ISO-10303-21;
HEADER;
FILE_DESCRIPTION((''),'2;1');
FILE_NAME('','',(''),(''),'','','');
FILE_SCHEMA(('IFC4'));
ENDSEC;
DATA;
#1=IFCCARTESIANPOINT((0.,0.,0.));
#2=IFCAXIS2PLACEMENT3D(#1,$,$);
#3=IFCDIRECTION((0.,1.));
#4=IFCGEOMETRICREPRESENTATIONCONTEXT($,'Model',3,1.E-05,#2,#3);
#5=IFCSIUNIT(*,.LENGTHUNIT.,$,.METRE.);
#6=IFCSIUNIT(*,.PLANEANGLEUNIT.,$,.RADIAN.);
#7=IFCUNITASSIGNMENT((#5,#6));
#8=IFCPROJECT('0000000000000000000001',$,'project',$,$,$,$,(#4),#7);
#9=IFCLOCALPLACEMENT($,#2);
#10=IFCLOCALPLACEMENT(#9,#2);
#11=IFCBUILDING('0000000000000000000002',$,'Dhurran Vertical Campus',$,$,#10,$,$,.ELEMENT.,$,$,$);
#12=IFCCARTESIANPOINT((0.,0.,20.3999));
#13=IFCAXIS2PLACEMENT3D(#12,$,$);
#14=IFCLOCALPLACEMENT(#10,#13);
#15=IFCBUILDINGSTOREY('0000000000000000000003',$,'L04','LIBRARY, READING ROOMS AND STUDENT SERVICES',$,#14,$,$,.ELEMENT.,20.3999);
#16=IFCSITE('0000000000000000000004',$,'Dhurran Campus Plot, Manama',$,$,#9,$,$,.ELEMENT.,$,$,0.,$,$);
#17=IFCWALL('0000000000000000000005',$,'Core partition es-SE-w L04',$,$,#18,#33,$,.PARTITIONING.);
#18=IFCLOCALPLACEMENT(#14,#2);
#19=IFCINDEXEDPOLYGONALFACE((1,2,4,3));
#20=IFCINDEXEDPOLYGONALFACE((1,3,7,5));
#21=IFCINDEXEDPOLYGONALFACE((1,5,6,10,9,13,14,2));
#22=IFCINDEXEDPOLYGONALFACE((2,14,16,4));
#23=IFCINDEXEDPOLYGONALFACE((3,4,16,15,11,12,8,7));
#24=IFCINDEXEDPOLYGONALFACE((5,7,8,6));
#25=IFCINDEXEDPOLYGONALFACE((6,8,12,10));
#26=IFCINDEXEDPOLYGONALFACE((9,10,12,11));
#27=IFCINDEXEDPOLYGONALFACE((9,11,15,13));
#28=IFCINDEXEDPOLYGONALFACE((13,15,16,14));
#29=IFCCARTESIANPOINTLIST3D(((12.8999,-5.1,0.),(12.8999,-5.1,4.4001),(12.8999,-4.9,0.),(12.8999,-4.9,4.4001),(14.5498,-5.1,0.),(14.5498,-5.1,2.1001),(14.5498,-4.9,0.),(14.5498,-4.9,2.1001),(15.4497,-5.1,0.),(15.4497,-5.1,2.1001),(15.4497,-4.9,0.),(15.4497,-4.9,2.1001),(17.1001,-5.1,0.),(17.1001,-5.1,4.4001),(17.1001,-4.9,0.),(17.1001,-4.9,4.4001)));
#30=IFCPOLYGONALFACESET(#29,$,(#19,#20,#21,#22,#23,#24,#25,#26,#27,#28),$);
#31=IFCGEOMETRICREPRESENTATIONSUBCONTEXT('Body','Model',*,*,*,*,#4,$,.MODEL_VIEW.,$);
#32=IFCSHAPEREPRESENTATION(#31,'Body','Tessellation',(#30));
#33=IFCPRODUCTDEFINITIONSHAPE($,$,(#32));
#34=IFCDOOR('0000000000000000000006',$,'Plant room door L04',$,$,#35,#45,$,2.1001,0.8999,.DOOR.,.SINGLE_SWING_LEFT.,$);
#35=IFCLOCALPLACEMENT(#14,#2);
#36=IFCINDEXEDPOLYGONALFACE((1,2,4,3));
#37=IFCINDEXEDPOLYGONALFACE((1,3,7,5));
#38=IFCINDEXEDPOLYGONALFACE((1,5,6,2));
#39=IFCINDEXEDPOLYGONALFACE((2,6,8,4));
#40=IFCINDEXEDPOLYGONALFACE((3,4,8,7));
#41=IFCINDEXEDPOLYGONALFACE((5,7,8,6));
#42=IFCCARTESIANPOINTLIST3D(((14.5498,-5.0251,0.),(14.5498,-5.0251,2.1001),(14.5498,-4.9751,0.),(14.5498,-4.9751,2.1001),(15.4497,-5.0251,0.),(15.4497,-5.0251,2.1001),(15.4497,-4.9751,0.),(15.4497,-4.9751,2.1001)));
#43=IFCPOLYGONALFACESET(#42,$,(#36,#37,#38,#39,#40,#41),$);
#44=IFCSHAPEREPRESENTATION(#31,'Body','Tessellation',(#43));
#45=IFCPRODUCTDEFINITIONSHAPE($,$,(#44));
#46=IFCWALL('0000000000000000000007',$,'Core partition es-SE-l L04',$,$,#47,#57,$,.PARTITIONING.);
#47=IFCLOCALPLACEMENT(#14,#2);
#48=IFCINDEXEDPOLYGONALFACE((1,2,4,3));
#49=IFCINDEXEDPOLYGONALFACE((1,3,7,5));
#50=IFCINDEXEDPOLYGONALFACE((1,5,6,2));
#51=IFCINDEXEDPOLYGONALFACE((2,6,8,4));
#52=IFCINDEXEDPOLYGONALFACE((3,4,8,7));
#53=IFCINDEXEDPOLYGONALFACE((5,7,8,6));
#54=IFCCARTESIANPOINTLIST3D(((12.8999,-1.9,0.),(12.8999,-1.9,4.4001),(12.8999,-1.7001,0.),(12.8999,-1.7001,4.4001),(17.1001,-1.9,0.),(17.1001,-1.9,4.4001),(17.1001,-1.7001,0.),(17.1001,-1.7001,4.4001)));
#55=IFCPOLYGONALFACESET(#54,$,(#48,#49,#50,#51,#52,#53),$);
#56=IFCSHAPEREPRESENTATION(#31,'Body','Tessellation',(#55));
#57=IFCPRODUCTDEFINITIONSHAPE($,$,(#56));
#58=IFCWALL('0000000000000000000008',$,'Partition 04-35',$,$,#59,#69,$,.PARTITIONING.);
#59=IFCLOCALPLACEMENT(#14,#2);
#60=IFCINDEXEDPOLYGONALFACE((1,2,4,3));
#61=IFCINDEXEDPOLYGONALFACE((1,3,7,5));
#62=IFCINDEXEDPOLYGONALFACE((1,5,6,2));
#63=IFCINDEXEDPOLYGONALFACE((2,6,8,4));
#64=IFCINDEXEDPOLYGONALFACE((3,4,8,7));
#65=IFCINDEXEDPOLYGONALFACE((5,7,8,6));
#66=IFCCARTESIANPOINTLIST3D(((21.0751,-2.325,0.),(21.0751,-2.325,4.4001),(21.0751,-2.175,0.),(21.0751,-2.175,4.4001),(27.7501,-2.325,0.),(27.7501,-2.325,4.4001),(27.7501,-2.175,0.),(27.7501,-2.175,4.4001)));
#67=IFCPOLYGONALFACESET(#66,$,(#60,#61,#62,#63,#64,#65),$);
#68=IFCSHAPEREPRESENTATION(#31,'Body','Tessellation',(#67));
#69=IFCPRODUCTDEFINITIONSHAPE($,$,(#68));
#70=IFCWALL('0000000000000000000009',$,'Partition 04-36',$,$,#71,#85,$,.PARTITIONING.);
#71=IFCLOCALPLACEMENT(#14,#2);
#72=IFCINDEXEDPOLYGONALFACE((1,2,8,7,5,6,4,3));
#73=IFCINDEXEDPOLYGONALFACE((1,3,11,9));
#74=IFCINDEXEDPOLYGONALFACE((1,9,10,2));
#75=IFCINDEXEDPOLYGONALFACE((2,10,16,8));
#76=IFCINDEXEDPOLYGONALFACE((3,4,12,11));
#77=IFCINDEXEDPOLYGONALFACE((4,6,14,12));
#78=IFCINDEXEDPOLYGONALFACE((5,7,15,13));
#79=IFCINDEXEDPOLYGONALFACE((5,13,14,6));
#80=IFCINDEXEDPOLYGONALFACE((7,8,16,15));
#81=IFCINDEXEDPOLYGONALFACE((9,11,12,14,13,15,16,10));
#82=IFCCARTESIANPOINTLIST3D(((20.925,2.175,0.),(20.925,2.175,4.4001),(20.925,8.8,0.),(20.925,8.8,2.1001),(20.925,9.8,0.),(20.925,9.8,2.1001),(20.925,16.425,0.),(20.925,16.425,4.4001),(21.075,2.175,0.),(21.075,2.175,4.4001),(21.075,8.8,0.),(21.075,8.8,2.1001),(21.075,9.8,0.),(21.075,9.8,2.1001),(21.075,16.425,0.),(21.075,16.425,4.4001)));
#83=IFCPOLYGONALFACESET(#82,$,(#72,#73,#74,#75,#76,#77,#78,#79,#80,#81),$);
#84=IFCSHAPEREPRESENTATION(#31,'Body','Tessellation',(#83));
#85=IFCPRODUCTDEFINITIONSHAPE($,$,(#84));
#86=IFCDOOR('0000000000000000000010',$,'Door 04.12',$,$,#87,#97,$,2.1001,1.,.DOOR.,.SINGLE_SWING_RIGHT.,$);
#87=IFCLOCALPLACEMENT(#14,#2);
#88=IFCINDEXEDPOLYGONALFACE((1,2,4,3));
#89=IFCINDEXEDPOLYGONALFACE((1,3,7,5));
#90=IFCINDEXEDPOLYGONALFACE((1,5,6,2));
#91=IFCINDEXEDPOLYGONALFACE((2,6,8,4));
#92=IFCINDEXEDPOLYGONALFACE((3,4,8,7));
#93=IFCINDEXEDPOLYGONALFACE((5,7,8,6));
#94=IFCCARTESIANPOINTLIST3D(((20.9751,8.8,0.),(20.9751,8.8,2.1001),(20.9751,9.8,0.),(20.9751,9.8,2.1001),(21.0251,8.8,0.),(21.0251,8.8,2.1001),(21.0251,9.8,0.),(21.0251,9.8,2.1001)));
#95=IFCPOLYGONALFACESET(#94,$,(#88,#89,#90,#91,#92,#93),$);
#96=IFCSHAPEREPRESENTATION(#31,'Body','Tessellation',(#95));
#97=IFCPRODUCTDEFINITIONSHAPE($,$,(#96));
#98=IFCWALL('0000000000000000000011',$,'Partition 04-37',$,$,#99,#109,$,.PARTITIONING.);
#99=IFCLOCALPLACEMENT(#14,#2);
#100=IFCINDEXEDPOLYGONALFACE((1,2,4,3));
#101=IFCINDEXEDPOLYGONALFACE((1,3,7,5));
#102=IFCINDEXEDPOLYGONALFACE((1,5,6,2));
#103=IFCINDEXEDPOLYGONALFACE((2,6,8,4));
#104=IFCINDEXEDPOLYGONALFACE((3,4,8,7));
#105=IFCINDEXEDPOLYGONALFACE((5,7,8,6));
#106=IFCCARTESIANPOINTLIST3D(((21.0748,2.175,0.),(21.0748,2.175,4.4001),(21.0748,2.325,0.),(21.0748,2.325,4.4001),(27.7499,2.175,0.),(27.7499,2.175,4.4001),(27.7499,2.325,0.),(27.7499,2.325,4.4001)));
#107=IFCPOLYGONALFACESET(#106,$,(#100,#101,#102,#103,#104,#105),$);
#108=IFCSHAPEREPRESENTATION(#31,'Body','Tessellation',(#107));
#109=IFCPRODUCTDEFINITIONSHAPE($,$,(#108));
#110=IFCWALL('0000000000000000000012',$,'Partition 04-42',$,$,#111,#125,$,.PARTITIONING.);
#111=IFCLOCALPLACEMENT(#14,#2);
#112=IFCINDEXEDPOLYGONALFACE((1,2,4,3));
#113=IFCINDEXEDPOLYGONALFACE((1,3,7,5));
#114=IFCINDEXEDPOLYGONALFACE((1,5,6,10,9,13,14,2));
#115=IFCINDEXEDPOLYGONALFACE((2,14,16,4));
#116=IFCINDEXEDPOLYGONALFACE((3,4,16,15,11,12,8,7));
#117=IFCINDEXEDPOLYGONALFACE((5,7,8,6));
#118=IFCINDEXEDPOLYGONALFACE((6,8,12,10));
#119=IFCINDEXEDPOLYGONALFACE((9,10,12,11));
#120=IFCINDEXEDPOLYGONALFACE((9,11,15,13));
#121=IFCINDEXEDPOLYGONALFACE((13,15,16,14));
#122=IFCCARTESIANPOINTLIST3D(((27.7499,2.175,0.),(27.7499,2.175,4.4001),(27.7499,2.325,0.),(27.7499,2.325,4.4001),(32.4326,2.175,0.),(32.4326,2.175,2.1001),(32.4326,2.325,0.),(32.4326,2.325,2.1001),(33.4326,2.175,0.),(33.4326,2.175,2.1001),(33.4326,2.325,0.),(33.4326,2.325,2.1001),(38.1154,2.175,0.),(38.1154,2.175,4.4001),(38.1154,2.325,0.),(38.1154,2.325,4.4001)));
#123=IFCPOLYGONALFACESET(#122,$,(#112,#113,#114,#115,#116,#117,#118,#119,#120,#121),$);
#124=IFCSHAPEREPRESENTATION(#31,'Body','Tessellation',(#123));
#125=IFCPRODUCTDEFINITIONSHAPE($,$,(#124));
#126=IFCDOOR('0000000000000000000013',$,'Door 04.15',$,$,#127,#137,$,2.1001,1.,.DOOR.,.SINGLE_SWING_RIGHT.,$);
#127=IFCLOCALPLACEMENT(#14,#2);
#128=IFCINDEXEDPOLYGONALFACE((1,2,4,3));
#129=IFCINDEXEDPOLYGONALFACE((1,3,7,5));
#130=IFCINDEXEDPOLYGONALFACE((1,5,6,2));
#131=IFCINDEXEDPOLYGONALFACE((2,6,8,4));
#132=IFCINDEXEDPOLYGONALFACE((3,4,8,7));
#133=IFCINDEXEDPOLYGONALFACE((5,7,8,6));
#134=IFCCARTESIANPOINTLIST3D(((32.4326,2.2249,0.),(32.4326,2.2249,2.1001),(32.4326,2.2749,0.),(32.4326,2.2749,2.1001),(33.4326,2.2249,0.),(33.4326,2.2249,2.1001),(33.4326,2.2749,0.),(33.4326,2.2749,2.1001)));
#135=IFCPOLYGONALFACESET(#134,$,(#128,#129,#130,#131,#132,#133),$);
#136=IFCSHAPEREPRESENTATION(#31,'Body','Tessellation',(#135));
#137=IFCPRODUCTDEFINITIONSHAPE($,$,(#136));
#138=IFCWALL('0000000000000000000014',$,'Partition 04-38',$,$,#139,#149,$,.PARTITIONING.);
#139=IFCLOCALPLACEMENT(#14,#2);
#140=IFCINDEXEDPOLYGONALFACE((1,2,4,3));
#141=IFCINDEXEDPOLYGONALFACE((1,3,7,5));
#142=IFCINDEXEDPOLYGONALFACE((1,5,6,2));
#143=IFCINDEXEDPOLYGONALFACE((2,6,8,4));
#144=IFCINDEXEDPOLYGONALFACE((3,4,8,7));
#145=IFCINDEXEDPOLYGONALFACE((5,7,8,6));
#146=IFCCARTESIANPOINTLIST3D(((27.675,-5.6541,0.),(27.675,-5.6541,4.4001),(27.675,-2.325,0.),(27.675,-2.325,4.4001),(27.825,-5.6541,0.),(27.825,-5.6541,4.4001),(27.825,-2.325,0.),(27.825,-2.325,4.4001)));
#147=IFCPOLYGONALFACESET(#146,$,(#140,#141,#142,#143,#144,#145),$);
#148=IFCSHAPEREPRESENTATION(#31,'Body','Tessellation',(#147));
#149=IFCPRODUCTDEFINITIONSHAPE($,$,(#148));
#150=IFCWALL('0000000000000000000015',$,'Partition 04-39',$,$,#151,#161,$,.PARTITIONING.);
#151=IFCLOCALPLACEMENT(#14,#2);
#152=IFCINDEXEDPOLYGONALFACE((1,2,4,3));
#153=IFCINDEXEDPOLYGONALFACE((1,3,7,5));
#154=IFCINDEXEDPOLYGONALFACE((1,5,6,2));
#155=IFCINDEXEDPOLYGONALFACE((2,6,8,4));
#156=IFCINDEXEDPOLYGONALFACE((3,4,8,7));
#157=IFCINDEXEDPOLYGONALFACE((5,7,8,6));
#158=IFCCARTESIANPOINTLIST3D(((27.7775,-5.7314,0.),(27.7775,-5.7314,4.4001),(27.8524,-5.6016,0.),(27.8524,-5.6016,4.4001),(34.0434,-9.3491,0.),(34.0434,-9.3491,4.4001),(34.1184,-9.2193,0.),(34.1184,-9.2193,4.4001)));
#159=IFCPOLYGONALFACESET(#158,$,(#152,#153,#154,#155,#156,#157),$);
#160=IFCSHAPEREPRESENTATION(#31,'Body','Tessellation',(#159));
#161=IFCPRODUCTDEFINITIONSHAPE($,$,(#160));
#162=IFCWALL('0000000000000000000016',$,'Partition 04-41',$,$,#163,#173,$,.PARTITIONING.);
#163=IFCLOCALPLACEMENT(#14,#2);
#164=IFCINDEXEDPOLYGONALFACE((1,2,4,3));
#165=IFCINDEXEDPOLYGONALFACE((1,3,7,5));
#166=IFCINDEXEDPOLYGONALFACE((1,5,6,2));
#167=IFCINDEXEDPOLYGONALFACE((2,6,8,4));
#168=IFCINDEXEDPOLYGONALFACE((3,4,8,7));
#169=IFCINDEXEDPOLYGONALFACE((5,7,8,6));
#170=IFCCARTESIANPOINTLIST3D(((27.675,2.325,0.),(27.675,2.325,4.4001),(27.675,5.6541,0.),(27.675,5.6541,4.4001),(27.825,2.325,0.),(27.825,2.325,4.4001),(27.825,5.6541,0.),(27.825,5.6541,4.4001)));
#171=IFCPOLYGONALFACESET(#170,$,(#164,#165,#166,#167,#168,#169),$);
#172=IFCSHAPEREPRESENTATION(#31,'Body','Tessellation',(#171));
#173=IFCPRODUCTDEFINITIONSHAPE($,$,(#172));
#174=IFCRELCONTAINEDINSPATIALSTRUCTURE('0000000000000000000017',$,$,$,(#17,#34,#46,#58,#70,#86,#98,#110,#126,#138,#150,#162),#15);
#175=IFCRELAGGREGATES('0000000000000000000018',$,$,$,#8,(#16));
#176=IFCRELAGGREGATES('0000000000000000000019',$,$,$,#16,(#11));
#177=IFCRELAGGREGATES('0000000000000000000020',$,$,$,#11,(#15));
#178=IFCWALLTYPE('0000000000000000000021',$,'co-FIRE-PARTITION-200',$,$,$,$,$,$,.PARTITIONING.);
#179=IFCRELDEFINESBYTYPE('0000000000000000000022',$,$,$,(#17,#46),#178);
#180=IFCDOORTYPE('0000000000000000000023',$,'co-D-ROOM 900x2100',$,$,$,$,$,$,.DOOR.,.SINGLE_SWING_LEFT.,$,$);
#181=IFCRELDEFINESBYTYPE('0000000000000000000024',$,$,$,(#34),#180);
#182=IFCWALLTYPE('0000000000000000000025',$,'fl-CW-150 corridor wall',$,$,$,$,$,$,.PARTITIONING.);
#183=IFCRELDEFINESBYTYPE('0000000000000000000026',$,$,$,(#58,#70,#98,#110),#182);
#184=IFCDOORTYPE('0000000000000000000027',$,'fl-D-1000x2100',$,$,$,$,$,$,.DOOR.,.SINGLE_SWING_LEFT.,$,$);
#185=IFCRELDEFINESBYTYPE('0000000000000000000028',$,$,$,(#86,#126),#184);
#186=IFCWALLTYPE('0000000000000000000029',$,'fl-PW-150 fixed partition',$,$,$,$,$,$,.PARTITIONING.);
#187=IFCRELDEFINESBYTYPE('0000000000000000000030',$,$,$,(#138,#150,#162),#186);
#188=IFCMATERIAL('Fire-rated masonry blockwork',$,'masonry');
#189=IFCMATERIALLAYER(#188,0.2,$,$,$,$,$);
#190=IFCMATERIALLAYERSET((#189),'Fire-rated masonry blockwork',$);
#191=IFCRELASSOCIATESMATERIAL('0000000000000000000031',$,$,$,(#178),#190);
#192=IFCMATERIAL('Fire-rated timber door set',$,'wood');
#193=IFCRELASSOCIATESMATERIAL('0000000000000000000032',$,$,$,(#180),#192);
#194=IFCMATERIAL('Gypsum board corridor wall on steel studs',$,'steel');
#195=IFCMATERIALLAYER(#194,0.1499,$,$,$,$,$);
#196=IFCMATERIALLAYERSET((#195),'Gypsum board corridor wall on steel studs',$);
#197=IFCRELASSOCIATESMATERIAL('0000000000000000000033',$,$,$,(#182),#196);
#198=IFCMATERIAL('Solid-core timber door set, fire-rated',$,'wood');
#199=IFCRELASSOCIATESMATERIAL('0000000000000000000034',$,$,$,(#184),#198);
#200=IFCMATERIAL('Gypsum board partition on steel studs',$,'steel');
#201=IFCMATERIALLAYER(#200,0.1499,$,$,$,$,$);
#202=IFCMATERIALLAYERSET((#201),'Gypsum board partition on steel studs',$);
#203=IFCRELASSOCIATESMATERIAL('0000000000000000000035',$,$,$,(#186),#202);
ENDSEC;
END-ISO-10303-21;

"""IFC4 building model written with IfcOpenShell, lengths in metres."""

from ifc_helpers import new_model, si_unit, direction, frame, frame_2d, origin, place, context, subcontext, project, spatial, rectangle, extrude, material, layer, layer_set, type_object, element, fill, save


model = new_model("IFC4")

# Units and contexts
model_context = context("Model", 3, precision=1e-05, world=origin(), true_north=direction((0.0, 1.0)))
body_context = subcontext(model_context, "Body", "Model", "MODEL_VIEW")
ifc_project = project(units=[si_unit("LENGTHUNIT", "METRE"), si_unit("PLANEANGLEUNIT", "RADIAN")], contexts=[model_context])

# Site, building, storey
site_placement = place(None, origin())
site = spatial("IfcSite", under=ifc_project, at=site_placement, Name="Dhurran Campus Plot, Manama", CompositionType="ELEMENT", RefElevation=0.0)
building_placement = place(site_placement, origin())
building = spatial("IfcBuilding", under=site, at=building_placement, Name="Dhurran Vertical Campus", CompositionType="ELEMENT")
storey_placement = place(building_placement, frame((0.0, 0.0, 20.3999)))
storey = spatial("IfcBuildingStorey", under=building, at=storey_placement, Name="L04", Description="LIBRARY, READING ROOMS AND STUDENT SERVICES", CompositionType="ELEMENT", Elevation=20.3999)

# Shared definitions
ifc_material_1 = material(Name="Fire-rated masonry blockwork", Category="masonry")
ifc_layer_1 = layer(ifc_material_1, 0.2)
ifc_layer_set_1 = layer_set([ifc_layer_1], Name="Fire-rated masonry blockwork")
wall_type_1 = type_object("IfcWallType", Name="co-FIRE-PARTITION-200", PredefinedType="PARTITIONING", material=ifc_layer_set_1)

# Wall, opening, door
wall_1_placement = place(storey_placement, frame((12.8999, -5.0, 0.0), z_axis=(0.0, 0.0, 1.0), x_axis=(1.0, 0.0, 0.0)))
wall_1 = element("IfcWall", 1, at=wall_1_placement, inside=storey, type_object=wall_type_1, Name="Core partition es-SE-w L04", PredefinedType="PARTITIONING", context=body_context, shape_type="SweptSolid", body=[
    extrude(rectangle(XDim=4.2002, YDim=0.2, at=frame_2d((2.1001, 0.0))), origin(), (0.0, 0.0, 1.0), 4.4001),
])
opening_1_placement = place(wall_1_placement, frame((1.6499, 0.0, 0.0)))
opening_1 = element("IfcOpeningElement", 2, at=opening_1_placement, cuts=wall_1, PredefinedType="OPENING", context=body_context, shape_type="SweptSolid", body=[
    extrude(rectangle(XDim=0.8999, YDim=2.1001, at=frame_2d((0.45, 1.05))), frame((0.0, 0.1099, 0.0), z_axis=(0.0, -1.0, 0.0), x_axis=(1.0, 0.0, 0.0)), (0.0, 0.0, 1.0), 0.22),
])
ifc_material_2 = material(Name="Fire-rated timber door set", Category="wood")
door_type_1 = type_object("IfcDoorType", Name="co-D-ROOM 900x2100", OperationType="SINGLE_SWING_LEFT", PredefinedType="DOOR", material=ifc_material_2)
door_1_placement = place(opening_1_placement, origin())
door_1 = element("IfcDoor", 3, at=door_1_placement, inside=storey, type_object=door_type_1, Name="Plant room door L04", OperationType="SINGLE_SWING_LEFT", OverallHeight=2.1001, OverallWidth=0.8999, PredefinedType="DOOR", context=body_context, shape_type="SweptSolid", body=[
    extrude(rectangle(XDim=0.8999, YDim=2.1001, at=frame_2d((0.45, 1.05))), frame((0.0, 0.0249, 0.0), z_axis=(0.0, -1.0, 0.0), x_axis=(1.0, 0.0, 0.0)), (0.0, 0.0, 1.0), 0.05),
])
fill(opening_1, door_1)

# Walls
wall_2_placement = place(storey_placement, frame((12.8999, -1.8, 0.0), z_axis=(0.0, 0.0, 1.0), x_axis=(1.0, 0.0, 0.0)))
element("IfcWall", 4, at=wall_2_placement, inside=storey, type_object=wall_type_1, Name="Core partition es-SE-l L04", PredefinedType="PARTITIONING", context=body_context, shape_type="SweptSolid", body=[
    extrude(rectangle(XDim=4.2002, YDim=0.2, at=frame_2d((2.1001, 0.0))), origin(), (0.0, 0.0, 1.0), 4.4001),
])
ifc_material_3 = material(Name="Gypsum board corridor wall on steel studs", Category="steel")
ifc_layer_2 = layer(ifc_material_3, 0.1499)
ifc_layer_set_2 = layer_set([ifc_layer_2], Name="Gypsum board corridor wall on steel studs")
wall_type_2 = type_object("IfcWallType", Name="fl-CW-150 corridor wall", PredefinedType="PARTITIONING", material=ifc_layer_set_2)
wall_3_placement = place(storey_placement, frame((27.75, -2.25, 0.0), z_axis=(0.0, 0.0, 1.0), x_axis=(-1.0, 0.0, 0.0)))
element("IfcWall", 5, at=wall_3_placement, inside=storey, type_object=wall_type_2, Name="Partition 04-35", PredefinedType="PARTITIONING", context=body_context, shape_type="SweptSolid", body=[
    extrude(rectangle(XDim=6.675, YDim=0.1499, at=frame_2d((3.3374, 0.0))), origin(), (0.0, 0.0, 1.0), 4.4001),
])

# Wall, opening, door
wall_4_placement = place(storey_placement, frame((21.0, 2.175, 0.0), z_axis=(0.0, 0.0, 1.0), x_axis=(0.0, 1.0, 0.0)))
wall_4 = element("IfcWall", 6, at=wall_4_placement, inside=storey, type_object=wall_type_2, Name="Partition 04-36", PredefinedType="PARTITIONING", context=body_context, shape_type="SweptSolid", body=[
    extrude(rectangle(XDim=14.25, YDim=0.1499, at=frame_2d((7.125, 0.0))), origin(), (0.0, 0.0, 1.0), 4.4001),
])
opening_2_placement = place(wall_4_placement, frame((6.625, 0.0, 0.0)))
opening_2 = element("IfcOpeningElement", 7, at=opening_2_placement, cuts=wall_4, PredefinedType="OPENING", context=body_context, shape_type="SweptSolid", body=[
    extrude(rectangle(XDim=1.0, YDim=2.1001, at=frame_2d((0.5, 1.05))), frame((0.0, 0.085, 0.0), z_axis=(0.0, -1.0, 0.0), x_axis=(1.0, 0.0, 0.0)), (0.0, 0.0, 1.0), 0.1699),
])
ifc_material_4 = material(Name="Solid-core timber door set, fire-rated", Category="wood")
door_type_2 = type_object("IfcDoorType", Name="fl-D-1000x2100", OperationType="SINGLE_SWING_LEFT", PredefinedType="DOOR", material=ifc_material_4)
door_2_placement = place(opening_2_placement, origin())
door_2 = element("IfcDoor", 8, at=door_2_placement, inside=storey, type_object=door_type_2, Name="Door 04.12", OperationType="SINGLE_SWING_RIGHT", OverallHeight=2.1001, OverallWidth=1.0, PredefinedType="DOOR", context=body_context, shape_type="SweptSolid", body=[
    extrude(rectangle(XDim=1.0, YDim=2.1001, at=frame_2d((0.5, 1.05))), frame((0.0, 0.0249, 0.0), z_axis=(0.0, -1.0, 0.0), x_axis=(1.0, 0.0, 0.0)), (0.0, 0.0, 1.0), 0.05),
])
fill(opening_2, door_2)

# Wall
wall_5_placement = place(storey_placement, frame((21.075, 2.25, 0.0), z_axis=(0.0, 0.0, 1.0), x_axis=(1.0, 0.0, 0.0)))
element("IfcWall", 9, at=wall_5_placement, inside=storey, type_object=wall_type_2, Name="Partition 04-37", PredefinedType="PARTITIONING", context=body_context, shape_type="SweptSolid", body=[
    extrude(rectangle(XDim=6.675, YDim=0.1499, at=frame_2d((3.3374, 0.0))), origin(), (0.0, 0.0, 1.0), 4.4001),
])

# Wall, opening, door
wall_6_placement = place(storey_placement, frame((27.75, 2.25, 0.0), z_axis=(0.0, 0.0, 1.0), x_axis=(1.0, 0.0, 0.0)))
wall_6 = element("IfcWall", 10, at=wall_6_placement, inside=storey, type_object=wall_type_2, Name="Partition 04-42", PredefinedType="PARTITIONING", context=body_context, shape_type="SweptSolid", body=[
    extrude(rectangle(XDim=10.3655, YDim=0.1499, at=frame_2d((5.1826, 0.0))), origin(), (0.0, 0.0, 1.0), 4.4001),
])
opening_3_placement = place(wall_6_placement, frame((4.6826, 0.0, 0.0)))
opening_3 = element("IfcOpeningElement", 11, at=opening_3_placement, cuts=wall_6, PredefinedType="OPENING", context=body_context, shape_type="SweptSolid", body=[
    extrude(rectangle(XDim=1.0, YDim=2.1001, at=frame_2d((0.5, 1.05))), frame((0.0, 0.085, 0.0), z_axis=(0.0, -1.0, 0.0), x_axis=(1.0, 0.0, 0.0)), (0.0, 0.0, 1.0), 0.1699),
])
door_3_placement = place(opening_3_placement, origin())
door_3 = element("IfcDoor", 12, at=door_3_placement, inside=storey, type_object=door_type_2, Name="Door 04.15", OperationType="SINGLE_SWING_RIGHT", OverallHeight=2.1001, OverallWidth=1.0, PredefinedType="DOOR", context=body_context, shape_type="SweptSolid", body=[
    extrude(rectangle(XDim=1.0, YDim=2.1001, at=frame_2d((0.5, 1.05))), frame((0.0, 0.0249, 0.0), z_axis=(0.0, -1.0, 0.0), x_axis=(1.0, 0.0, 0.0)), (0.0, 0.0, 1.0), 0.05),
])
fill(opening_3, door_3)

# Walls
ifc_material_5 = material(Name="Gypsum board partition on steel studs", Category="steel")
ifc_layer_3 = layer(ifc_material_5, 0.1499)
ifc_layer_set_3 = layer_set([ifc_layer_3], Name="Gypsum board partition on steel studs")
wall_type_3 = type_object("IfcWallType", Name="fl-PW-150 fixed partition", PredefinedType="PARTITIONING", material=ifc_layer_set_3)
wall_7_placement = place(storey_placement, frame((27.75, -2.325, 0.0), z_axis=(0.0, 0.0, 1.0), x_axis=(0.0, -1.0, 0.0)))
element("IfcWall", 13, at=wall_7_placement, inside=storey, type_object=wall_type_3, Name="Partition 04-38", PredefinedType="PARTITIONING", context=body_context, shape_type="SweptSolid", body=[
    extrude(rectangle(XDim=3.3291, YDim=0.1499, at=frame_2d((1.6646, 0.0))), origin(), (0.0, 0.0, 1.0), 4.4001),
])
wall_8_placement = place(storey_placement, frame((27.8149, -5.6665, 0.0), z_axis=(0.0, 0.0, 1.0), x_axis=(0.866021, -0.500008, 0.0)))
element("IfcWall", 14, at=wall_8_placement, inside=storey, type_object=wall_type_3, Name="Partition 04-39", PredefinedType="PARTITIONING", context=body_context, shape_type="SweptSolid", body=[
    extrude(rectangle(XDim=7.2354, YDim=0.1499, at=frame_2d((3.6177, 0.0))), origin(), (0.0, 0.0, 1.0), 4.4001),
])
wall_9_placement = place(storey_placement, frame((27.75, 5.6541, 0.0), z_axis=(0.0, 0.0, 1.0), x_axis=(0.0, -1.0, 0.0)))
element("IfcWall", 15, at=wall_9_placement, inside=storey, type_object=wall_type_3, Name="Partition 04-41", PredefinedType="PARTITIONING", context=body_context, shape_type="SweptSolid", body=[
    extrude(rectangle(XDim=3.3291, YDim=0.1499, at=frame_2d((1.6646, 0.0))), origin(), (0.0, 0.0, 1.0), 4.4001),
])

save(model, "model.ifc")
